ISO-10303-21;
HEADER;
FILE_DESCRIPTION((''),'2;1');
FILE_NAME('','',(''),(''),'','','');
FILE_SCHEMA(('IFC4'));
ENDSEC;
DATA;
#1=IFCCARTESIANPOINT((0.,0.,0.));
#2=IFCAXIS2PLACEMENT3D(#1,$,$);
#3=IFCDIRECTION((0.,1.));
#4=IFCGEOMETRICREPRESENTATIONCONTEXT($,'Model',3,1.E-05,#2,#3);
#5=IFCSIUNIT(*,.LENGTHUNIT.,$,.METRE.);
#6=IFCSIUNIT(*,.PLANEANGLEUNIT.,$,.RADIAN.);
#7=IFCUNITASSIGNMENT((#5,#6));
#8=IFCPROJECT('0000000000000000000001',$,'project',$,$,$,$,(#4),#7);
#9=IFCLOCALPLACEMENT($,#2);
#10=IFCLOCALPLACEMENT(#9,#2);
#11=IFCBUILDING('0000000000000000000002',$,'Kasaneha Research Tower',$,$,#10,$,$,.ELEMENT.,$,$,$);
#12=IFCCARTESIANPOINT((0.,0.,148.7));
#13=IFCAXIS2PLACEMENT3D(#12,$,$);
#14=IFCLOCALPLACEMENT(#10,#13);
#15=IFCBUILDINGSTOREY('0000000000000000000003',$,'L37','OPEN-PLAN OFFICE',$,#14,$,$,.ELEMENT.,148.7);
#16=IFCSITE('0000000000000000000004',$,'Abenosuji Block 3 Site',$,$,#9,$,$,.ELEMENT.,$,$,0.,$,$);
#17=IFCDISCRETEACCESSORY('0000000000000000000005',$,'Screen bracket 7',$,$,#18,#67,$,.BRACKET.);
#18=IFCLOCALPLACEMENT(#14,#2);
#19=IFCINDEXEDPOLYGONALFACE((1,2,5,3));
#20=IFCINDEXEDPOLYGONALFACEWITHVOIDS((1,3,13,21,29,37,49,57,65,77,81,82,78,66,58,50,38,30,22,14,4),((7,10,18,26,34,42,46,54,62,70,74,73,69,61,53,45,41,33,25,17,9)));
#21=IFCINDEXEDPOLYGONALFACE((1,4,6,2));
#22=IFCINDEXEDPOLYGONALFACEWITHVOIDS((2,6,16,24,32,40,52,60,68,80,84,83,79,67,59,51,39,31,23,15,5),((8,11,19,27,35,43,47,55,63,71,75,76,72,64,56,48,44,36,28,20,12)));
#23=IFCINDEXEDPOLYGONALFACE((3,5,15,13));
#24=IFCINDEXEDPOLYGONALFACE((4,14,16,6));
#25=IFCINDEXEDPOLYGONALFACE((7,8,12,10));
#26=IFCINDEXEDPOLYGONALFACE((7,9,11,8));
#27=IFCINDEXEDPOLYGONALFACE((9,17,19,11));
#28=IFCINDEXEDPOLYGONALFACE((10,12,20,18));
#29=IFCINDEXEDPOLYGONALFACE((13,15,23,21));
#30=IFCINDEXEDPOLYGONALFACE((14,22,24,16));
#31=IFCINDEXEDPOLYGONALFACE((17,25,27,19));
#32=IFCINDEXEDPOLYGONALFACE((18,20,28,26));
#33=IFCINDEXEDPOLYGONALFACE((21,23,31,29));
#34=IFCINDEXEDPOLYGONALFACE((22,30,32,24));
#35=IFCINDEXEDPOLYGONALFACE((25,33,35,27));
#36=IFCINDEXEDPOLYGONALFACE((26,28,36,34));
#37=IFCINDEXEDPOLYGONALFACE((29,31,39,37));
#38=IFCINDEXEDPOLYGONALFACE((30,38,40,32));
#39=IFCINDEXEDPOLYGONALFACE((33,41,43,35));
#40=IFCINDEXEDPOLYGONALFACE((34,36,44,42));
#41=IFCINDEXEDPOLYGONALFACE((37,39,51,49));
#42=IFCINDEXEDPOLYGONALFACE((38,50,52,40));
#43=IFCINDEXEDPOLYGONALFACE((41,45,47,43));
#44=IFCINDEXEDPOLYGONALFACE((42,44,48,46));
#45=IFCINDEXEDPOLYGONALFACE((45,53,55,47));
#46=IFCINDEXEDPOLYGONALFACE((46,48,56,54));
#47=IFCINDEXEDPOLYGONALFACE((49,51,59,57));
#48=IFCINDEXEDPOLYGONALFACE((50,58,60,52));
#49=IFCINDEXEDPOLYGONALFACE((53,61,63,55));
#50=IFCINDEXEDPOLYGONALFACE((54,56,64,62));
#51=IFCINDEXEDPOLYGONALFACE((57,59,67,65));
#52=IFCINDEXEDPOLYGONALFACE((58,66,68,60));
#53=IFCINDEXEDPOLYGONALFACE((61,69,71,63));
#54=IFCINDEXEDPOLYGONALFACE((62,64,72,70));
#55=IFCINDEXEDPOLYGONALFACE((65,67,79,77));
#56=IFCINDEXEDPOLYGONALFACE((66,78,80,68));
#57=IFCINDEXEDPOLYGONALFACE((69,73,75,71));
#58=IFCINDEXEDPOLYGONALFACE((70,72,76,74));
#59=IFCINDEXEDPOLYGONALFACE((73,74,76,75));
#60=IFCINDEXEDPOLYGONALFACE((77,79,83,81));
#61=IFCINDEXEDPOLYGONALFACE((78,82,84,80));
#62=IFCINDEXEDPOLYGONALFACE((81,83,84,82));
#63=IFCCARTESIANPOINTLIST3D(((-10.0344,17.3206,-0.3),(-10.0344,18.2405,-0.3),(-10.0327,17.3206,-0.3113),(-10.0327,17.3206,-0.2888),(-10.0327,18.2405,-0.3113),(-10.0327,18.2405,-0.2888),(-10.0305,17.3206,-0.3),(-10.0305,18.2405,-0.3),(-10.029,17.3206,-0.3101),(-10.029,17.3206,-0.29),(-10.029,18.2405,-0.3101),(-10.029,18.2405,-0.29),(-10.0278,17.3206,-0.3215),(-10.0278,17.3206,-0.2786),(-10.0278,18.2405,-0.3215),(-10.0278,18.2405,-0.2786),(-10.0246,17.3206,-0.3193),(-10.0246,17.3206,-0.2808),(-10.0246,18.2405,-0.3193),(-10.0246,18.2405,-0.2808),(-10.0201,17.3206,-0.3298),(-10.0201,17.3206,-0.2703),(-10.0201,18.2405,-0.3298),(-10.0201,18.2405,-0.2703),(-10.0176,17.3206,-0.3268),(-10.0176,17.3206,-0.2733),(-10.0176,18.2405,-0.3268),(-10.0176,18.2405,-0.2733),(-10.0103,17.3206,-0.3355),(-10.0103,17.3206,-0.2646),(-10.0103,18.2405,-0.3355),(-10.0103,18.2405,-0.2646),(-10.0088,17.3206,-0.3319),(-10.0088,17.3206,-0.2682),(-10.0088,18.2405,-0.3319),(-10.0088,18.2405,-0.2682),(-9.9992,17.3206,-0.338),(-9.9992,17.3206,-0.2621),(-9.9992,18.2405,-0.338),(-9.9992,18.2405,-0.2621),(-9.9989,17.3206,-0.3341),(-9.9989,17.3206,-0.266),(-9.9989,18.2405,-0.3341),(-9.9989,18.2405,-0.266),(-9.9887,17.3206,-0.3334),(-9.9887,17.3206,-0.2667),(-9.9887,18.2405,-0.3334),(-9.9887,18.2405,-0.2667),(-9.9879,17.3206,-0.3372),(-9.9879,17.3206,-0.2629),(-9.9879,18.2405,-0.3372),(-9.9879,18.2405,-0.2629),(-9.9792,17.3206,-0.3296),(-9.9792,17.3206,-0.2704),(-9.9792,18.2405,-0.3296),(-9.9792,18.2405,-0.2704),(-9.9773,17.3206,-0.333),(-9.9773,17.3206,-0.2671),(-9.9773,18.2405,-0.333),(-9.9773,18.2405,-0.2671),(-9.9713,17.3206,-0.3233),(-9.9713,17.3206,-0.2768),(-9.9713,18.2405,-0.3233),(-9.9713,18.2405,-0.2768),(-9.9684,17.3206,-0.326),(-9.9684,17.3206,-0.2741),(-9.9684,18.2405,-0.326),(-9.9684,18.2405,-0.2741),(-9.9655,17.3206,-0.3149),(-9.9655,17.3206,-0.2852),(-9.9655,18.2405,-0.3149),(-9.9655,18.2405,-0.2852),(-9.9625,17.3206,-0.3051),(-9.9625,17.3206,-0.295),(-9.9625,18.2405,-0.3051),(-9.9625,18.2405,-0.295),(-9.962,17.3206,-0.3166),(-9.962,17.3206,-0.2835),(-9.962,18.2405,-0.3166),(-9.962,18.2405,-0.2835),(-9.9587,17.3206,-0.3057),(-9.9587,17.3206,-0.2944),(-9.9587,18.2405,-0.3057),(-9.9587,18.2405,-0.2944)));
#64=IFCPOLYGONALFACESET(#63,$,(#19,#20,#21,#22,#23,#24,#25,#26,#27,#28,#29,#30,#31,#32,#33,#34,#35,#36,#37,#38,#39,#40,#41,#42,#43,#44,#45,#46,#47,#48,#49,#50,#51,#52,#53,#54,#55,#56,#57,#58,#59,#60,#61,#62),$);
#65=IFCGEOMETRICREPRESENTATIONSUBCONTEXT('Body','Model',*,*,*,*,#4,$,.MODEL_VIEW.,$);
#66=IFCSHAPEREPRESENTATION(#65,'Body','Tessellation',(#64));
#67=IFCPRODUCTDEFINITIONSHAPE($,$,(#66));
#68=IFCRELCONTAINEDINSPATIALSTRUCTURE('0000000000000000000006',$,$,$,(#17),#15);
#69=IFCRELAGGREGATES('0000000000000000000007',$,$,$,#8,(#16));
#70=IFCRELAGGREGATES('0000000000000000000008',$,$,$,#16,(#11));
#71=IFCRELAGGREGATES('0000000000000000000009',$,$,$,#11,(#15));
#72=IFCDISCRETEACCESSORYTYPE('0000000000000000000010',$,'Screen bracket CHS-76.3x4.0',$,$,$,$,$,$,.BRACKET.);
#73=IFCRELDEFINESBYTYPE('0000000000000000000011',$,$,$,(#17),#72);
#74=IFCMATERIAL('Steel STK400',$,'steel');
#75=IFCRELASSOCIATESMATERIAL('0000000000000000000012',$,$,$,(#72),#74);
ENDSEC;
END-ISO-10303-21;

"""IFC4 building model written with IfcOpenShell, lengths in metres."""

from ifc_helpers import new_model, si_unit, direction, frame, origin, origin_2d, place, context, subcontext, project, spatial, hollow_circle, extrude, material, material_profile, profile_set, type_object, element, save


model = new_model("IFC4")

# Units and contexts
model_context = context("Model", 3, precision=1e-05, world=origin(), true_north=direction((0.0, 1.0)))
body_context = subcontext(model_context, "Body", "Model", "MODEL_VIEW")
ifc_project = project(units=[si_unit("LENGTHUNIT", "METRE"), si_unit("PLANEANGLEUNIT", "RADIAN")], contexts=[model_context])

# Site, building, storey
site_placement = place(None, origin())
site = spatial("IfcSite", under=ifc_project, at=site_placement, Name="Abenosuji Block 3 Site", CompositionType="ELEMENT", RefElevation=0.0)
building_placement = place(site_placement, origin())
building = spatial("IfcBuilding", under=site, at=building_placement, Name="Kasaneha Research Tower", CompositionType="ELEMENT")
storey_placement = place(building_placement, frame((0.0, 0.0, 148.7)))
storey = spatial("IfcBuildingStorey", under=building, at=storey_placement, Name="L37", Description="OPEN-PLAN OFFICE", CompositionType="ELEMENT", Elevation=148.7)

# Discrete accessory
ifc_material_1 = material(Name="Steel STK400", Category="steel")
ifc_material_profile_1 = material_profile(ifc_material_1, hollow_circle(Radius=0.0381, WallThickness=0.0039, at=origin_2d()), Name="CHS-76.3x4.0")
ifc_profile_set_1 = profile_set([ifc_material_profile_1], Name="Steel STK400")
discrete_accessory_type = type_object("IfcDiscreteAccessoryType", Name="Screen bracket CHS-76.3x4.0", PredefinedType="BRACKET", material=ifc_profile_set_1)
for number, where, z_axis, x_axis, name in (
    (1, (-9.9963, 17.3206, -0.3), (0.0, 1.0, 0.0), (-1.0, 0.0, 0.0), "Screen bracket 7"),
):
    element("IfcDiscreteAccessory", number, at=place(storey_placement, frame(where, z_axis=z_axis, x_axis=x_axis)), inside=storey, type_object=discrete_accessory_type, Name=name, PredefinedType="BRACKET", context=body_context, shape_type="SweptSolid", body=[
        extrude(hollow_circle(Radius=0.0381, WallThickness=0.0039, at=origin_2d()), origin(), (0.0, 0.0, 1.0), 0.9199),
    ])

save(model, "model.ifc")
